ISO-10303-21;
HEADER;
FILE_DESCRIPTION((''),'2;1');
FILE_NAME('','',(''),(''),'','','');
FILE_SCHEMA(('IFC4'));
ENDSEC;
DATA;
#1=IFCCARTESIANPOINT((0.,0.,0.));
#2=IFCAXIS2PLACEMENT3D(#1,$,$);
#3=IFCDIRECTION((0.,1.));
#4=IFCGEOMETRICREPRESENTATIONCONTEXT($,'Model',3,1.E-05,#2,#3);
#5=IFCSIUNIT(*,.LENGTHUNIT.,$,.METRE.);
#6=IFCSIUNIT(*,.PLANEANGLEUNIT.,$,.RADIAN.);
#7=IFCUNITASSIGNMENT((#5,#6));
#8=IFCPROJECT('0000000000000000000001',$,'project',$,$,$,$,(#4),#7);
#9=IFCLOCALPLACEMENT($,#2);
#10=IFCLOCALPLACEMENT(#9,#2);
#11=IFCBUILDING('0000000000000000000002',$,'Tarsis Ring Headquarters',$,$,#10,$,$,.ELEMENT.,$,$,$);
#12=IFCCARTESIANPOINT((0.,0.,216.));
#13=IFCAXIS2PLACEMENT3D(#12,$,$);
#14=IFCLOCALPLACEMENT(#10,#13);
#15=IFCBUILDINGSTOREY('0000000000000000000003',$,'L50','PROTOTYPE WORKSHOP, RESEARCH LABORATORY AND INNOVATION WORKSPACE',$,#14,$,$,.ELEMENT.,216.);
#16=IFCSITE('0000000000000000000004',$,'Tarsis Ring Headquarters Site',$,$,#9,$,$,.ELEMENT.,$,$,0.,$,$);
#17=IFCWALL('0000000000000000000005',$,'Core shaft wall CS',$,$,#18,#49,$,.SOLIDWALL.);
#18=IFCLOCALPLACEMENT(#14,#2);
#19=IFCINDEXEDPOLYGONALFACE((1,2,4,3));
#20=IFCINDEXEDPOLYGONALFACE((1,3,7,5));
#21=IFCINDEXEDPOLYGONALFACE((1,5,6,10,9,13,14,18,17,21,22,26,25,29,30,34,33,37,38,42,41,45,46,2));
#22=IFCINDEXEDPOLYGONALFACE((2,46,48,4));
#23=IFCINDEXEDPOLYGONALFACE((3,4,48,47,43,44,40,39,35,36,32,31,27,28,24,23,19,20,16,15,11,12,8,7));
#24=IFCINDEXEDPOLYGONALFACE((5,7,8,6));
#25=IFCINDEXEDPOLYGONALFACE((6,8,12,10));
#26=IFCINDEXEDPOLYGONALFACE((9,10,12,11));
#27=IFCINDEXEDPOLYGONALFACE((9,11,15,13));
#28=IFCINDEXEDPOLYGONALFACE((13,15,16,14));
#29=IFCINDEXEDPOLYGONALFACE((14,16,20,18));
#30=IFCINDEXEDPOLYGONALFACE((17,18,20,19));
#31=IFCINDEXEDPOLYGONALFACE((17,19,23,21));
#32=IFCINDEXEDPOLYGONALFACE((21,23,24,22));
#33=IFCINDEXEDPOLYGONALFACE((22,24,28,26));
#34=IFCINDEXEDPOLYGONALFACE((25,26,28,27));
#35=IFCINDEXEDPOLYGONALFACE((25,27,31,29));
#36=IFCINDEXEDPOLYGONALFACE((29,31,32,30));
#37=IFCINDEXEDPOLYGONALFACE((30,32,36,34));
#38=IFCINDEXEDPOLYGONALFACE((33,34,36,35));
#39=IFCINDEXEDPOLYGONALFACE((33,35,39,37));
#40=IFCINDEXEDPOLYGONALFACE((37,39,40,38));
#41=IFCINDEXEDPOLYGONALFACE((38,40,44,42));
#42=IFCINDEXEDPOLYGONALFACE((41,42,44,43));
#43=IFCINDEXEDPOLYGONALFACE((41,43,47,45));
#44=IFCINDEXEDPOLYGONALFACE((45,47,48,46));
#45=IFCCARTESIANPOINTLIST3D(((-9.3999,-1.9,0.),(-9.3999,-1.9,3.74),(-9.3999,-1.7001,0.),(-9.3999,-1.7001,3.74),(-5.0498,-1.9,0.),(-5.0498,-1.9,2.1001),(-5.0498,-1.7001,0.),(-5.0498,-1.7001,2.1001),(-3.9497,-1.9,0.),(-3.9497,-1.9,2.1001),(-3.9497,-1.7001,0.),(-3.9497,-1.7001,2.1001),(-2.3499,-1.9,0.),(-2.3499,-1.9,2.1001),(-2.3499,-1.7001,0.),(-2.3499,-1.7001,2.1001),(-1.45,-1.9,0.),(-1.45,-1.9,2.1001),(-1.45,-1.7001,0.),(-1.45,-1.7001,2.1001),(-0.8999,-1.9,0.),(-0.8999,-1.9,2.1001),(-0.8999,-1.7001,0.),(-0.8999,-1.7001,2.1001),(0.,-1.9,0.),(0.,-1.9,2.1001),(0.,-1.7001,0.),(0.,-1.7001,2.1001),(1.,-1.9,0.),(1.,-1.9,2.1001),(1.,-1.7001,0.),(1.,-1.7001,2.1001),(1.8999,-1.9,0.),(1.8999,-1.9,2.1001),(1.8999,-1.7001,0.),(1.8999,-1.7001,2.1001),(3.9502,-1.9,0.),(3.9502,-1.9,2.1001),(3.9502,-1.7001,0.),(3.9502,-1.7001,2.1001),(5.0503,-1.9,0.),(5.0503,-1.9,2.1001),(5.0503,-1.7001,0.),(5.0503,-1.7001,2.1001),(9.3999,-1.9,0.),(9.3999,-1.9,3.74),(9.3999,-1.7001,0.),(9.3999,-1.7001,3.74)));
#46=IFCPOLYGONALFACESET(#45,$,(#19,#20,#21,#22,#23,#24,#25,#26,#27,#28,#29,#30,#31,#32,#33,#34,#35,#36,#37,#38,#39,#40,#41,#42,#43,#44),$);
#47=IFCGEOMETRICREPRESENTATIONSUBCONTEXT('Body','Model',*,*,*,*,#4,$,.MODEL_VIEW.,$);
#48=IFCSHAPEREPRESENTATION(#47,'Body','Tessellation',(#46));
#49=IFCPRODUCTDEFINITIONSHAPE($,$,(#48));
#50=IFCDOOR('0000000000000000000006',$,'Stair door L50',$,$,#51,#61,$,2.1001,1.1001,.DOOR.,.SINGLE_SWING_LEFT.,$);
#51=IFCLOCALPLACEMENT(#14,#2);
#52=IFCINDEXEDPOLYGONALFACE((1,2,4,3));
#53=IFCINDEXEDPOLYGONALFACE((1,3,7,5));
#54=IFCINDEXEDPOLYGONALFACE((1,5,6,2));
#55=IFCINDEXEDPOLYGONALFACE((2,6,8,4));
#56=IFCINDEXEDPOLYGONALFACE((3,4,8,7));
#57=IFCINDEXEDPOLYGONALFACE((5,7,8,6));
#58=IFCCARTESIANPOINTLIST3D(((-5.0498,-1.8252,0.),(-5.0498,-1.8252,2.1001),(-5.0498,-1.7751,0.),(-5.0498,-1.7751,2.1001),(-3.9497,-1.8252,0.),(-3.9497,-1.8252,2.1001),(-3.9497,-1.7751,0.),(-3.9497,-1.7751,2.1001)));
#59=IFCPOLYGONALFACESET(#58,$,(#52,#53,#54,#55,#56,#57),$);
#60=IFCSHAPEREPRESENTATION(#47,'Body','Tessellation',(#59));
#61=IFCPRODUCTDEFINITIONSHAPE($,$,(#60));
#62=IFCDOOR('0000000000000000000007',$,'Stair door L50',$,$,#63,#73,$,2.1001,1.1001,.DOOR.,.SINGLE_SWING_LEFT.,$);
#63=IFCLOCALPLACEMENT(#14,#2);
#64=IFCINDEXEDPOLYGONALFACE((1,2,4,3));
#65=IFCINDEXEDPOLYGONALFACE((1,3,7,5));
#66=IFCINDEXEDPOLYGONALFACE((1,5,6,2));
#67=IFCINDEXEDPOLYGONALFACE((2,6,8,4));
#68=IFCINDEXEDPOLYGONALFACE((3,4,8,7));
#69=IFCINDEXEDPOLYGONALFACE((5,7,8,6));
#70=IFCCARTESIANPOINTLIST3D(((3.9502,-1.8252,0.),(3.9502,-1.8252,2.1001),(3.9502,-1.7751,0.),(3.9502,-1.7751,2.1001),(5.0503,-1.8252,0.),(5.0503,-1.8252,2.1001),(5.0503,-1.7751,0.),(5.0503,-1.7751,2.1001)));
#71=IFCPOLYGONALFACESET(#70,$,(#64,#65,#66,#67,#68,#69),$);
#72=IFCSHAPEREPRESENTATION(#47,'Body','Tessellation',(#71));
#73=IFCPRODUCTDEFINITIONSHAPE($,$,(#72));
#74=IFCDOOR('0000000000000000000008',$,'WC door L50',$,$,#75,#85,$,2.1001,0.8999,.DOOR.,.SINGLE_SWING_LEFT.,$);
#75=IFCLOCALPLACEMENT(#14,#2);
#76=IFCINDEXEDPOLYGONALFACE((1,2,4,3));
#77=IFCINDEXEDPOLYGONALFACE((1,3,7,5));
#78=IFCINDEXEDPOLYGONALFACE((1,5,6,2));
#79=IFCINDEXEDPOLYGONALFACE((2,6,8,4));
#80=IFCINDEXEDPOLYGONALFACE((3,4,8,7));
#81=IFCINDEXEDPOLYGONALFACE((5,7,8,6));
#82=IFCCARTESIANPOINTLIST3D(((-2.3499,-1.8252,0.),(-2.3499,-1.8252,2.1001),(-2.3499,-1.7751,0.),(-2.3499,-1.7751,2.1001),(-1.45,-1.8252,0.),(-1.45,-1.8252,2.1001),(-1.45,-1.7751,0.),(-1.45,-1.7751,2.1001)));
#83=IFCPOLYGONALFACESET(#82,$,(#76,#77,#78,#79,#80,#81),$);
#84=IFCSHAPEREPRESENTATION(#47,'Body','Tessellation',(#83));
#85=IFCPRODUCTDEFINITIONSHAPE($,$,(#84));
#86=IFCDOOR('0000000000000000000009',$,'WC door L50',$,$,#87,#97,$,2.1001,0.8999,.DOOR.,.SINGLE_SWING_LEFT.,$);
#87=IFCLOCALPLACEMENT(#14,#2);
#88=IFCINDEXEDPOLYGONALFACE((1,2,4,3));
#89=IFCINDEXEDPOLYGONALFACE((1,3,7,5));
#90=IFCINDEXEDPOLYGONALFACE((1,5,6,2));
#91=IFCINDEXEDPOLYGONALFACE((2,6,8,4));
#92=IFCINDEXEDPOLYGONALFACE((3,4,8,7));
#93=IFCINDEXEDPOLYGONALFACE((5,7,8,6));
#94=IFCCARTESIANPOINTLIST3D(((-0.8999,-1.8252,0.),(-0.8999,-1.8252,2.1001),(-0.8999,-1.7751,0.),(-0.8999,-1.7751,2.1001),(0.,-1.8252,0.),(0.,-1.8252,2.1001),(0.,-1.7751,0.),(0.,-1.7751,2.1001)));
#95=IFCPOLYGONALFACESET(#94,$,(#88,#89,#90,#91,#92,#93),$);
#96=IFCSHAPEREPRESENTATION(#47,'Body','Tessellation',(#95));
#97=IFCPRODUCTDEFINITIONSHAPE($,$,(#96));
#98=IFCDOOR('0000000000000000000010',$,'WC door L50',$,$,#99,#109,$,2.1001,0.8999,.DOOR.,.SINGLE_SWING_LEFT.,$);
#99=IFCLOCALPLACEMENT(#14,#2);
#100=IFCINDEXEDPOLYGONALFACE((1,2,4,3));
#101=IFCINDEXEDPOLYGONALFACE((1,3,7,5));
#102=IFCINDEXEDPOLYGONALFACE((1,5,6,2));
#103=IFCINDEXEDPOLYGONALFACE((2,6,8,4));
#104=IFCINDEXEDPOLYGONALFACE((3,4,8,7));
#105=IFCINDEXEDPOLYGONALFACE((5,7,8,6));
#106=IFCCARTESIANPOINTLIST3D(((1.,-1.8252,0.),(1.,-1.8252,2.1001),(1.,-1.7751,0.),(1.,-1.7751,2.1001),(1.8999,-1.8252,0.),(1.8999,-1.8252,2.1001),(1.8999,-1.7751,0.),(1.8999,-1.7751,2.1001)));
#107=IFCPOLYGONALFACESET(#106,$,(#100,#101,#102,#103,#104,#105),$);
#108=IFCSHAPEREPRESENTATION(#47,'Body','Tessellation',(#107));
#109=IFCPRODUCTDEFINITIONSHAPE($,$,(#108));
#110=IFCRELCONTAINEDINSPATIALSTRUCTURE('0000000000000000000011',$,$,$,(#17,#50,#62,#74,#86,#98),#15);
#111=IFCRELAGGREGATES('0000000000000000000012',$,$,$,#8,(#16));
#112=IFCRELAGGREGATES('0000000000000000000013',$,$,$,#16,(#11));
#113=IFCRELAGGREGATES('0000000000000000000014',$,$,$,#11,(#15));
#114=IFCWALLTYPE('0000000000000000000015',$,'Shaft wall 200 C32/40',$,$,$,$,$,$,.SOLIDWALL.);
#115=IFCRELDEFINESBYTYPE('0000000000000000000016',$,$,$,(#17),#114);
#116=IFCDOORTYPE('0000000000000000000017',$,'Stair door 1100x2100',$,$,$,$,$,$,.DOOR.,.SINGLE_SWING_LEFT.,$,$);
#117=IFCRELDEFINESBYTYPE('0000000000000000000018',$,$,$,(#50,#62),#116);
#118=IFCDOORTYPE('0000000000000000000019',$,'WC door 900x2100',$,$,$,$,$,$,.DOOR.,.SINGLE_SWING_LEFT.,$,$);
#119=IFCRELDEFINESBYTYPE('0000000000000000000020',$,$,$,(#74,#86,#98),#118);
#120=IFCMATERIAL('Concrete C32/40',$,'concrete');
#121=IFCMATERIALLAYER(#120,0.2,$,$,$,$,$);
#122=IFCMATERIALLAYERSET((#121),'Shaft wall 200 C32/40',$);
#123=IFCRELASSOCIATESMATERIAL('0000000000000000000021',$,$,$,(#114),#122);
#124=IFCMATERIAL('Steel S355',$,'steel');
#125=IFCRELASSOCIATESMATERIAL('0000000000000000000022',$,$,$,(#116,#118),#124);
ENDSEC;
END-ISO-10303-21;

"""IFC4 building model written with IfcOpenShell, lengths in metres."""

from ifc_helpers import new_model, si_unit, direction, frame, frame_2d, origin, place, context, subcontext, project, spatial, rectangle, extrude, material, layer, layer_set, type_object, element, fill, save


model = new_model("IFC4")

# Units and contexts
model_context = context("Model", 3, precision=1e-05, world=origin(), true_north=direction((0.0, 1.0)))
body_context = subcontext(model_context, "Body", "Model", "MODEL_VIEW")
ifc_project = project(units=[si_unit("LENGTHUNIT", "METRE"), si_unit("PLANEANGLEUNIT", "RADIAN")], contexts=[model_context])

# Site, building, storey
site_placement = place(None, origin())
site = spatial("IfcSite", under=ifc_project, at=site_placement, Name="Tarsis Ring Headquarters Site", CompositionType="ELEMENT", RefElevation=0.0)
building_placement = place(site_placement, origin())
building = spatial("IfcBuilding", under=site, at=building_placement, Name="Tarsis Ring Headquarters", CompositionType="ELEMENT")
storey_placement = place(building_placement, frame((0.0, 0.0, 216.0)))
storey = spatial("IfcBuildingStorey", under=building, at=storey_placement, Name="L50", Description="PROTOTYPE WORKSHOP, RESEARCH LABORATORY AND INNOVATION WORKSPACE", CompositionType="ELEMENT", Elevation=216.0)

# Wall, openings, doors
ifc_material_1 = material(Name="Concrete C32/40", Category="concrete")
ifc_layer_1 = layer(ifc_material_1, 0.2)
ifc_layer_set_1 = layer_set([ifc_layer_1], Name="Shaft wall 200 C32/40")
wall_type_1 = type_object("IfcWallType", Name="Shaft wall 200 C32/40", PredefinedType="SOLIDWALL", material=ifc_layer_set_1)
ifc_material_2 = material(Name="Steel S355", Category="steel")
door_type_1 = type_object("IfcDoorType", Name="Stair door 1100x2100", OperationType="SINGLE_SWING_LEFT", PredefinedType="DOOR", material=ifc_material_2)
wall_1_placement = place(storey_placement, frame((-9.3999, -1.8, 0.0), z_axis=(0.0, 0.0, 1.0), x_axis=(1.0, 0.0, 0.0)))
wall_1 = element("IfcWall", 1, at=wall_1_placement, inside=storey, type_object=wall_type_1, Name="Core shaft wall CS", PredefinedType="SOLIDWALL", context=body_context, shape_type="SweptSolid", body=[
    extrude(rectangle(XDim=18.7998, YDim=0.2, at=frame_2d((9.3999, 0.0))), origin(), (0.0, 0.0, 1.0), 3.74),
])
opening_1_placement = place(wall_1_placement, frame((4.3501, 0.0, 0.0)))
opening_1 = element("IfcOpeningElement", 2, at=opening_1_placement, cuts=wall_1, PredefinedType="OPENING", context=body_context, shape_type="SweptSolid", body=[
    extrude(rectangle(XDim=1.1001, YDim=2.1001, at=frame_2d((0.55, 1.05))), frame((0.0, 0.1099, 0.0), z_axis=(0.0, -1.0, 0.0), x_axis=(1.0, 0.0, 0.0)), (0.0, 0.0, 1.0), 0.22),
])
opening_2_placement = place(wall_1_placement, frame((7.05, 0.0, 0.0)))
opening_2 = element("IfcOpeningElement", 3, at=opening_2_placement, cuts=wall_1, PredefinedType="OPENING", context=body_context, shape_type="SweptSolid", body=[
    extrude(rectangle(XDim=0.8999, YDim=2.1001, at=frame_2d((0.45, 1.05))), frame((0.0, 0.1099, 0.0), z_axis=(0.0, -1.0, 0.0), x_axis=(1.0, 0.0, 0.0)), (0.0, 0.0, 1.0), 0.22),
])
opening_3_placement = place(wall_1_placement, frame((8.5, 0.0, 0.0)))
opening_3 = element("IfcOpeningElement", 4, at=opening_3_placement, cuts=wall_1, PredefinedType="OPENING", context=body_context, shape_type="SweptSolid", body=[
    extrude(rectangle(XDim=0.8999, YDim=2.1001, at=frame_2d((0.45, 1.05))), frame((0.0, 0.1099, 0.0), z_axis=(0.0, -1.0, 0.0), x_axis=(1.0, 0.0, 0.0)), (0.0, 0.0, 1.0), 0.22),
])
opening_4_placement = place(wall_1_placement, frame((10.3999, 0.0, 0.0)))
opening_4 = element("IfcOpeningElement", 5, at=opening_4_placement, cuts=wall_1, PredefinedType="OPENING", context=body_context, shape_type="SweptSolid", body=[
    extrude(rectangle(XDim=0.8999, YDim=2.1001, at=frame_2d((0.45, 1.05))), frame((0.0, 0.1099, 0.0), z_axis=(0.0, -1.0, 0.0), x_axis=(1.0, 0.0, 0.0)), (0.0, 0.0, 1.0), 0.22),
])
opening_5_placement = place(wall_1_placement, frame((13.3501, 0.0, 0.0)))
opening_5 = element("IfcOpeningElement", 6, at=opening_5_placement, cuts=wall_1, PredefinedType="OPENING", context=body_context, shape_type="SweptSolid", body=[
    extrude(rectangle(XDim=1.1001, YDim=2.1001, at=frame_2d((0.55, 1.05))), frame((0.0, 0.1099, 0.0), z_axis=(0.0, -1.0, 0.0), x_axis=(1.0, 0.0, 0.0)), (0.0, 0.0, 1.0), 0.22),
])
door_1_placement = place(opening_1_placement, origin())
door_1 = element("IfcDoor", 7, at=door_1_placement, inside=storey, type_object=door_type_1, Name="Stair door L50", OperationType="SINGLE_SWING_LEFT", OverallHeight=2.1001, OverallWidth=1.1001, PredefinedType="DOOR", context=body_context, shape_type="SweptSolid", body=[
    extrude(rectangle(XDim=1.1001, YDim=2.1001, at=frame_2d((0.55, 1.05))), frame((0.0, 0.0249, 0.0), z_axis=(0.0, -1.0, 0.0), x_axis=(1.0, 0.0, 0.0)), (0.0, 0.0, 1.0), 0.05),
])
fill(opening_1, door_1)
door_2_placement = place(opening_5_placement, origin())
door_2 = element("IfcDoor", 8, at=door_2_placement, inside=storey, type_object=door_type_1, Name="Stair door L50", OperationType="SINGLE_SWING_LEFT", OverallHeight=2.1001, OverallWidth=1.1001, PredefinedType="DOOR", context=body_context, shape_type="SweptSolid", body=[
    extrude(rectangle(XDim=1.1001, YDim=2.1001, at=frame_2d((0.55, 1.05))), frame((0.0, 0.0249, 0.0), z_axis=(0.0, -1.0, 0.0), x_axis=(1.0, 0.0, 0.0)), (0.0, 0.0, 1.0), 0.05),
])
fill(opening_5, door_2)
door_type_2 = type_object("IfcDoorType", Name="WC door 900x2100", OperationType="SINGLE_SWING_LEFT", PredefinedType="DOOR", material=ifc_material_2)
door_3_placement = place(opening_2_placement, origin())
door_3 = element("IfcDoor", 9, at=door_3_placement, inside=storey, type_object=door_type_2, Name="WC door L50", OperationType="SINGLE_SWING_LEFT", OverallHeight=2.1001, OverallWidth=0.8999, PredefinedType="DOOR", context=body_context, shape_type="SweptSolid", body=[
    extrude(rectangle(XDim=0.8999, YDim=2.1001, at=frame_2d((0.45, 1.05))), frame((0.0, 0.0249, 0.0), z_axis=(0.0, -1.0, 0.0), x_axis=(1.0, 0.0, 0.0)), (0.0, 0.0, 1.0), 0.05),
])
fill(opening_2, door_3)
door_4_placement = place(opening_3_placement, origin())
door_4 = element("IfcDoor", 10, at=door_4_placement, inside=storey, type_object=door_type_2, Name="WC door L50", OperationType="SINGLE_SWING_LEFT", OverallHeight=2.1001, OverallWidth=0.8999, PredefinedType="DOOR", context=body_context, shape_type="SweptSolid", body=[
    extrude(rectangle(XDim=0.8999, YDim=2.1001, at=frame_2d((0.45, 1.05))), frame((0.0, 0.0249, 0.0), z_axis=(0.0, -1.0, 0.0), x_axis=(1.0, 0.0, 0.0)), (0.0, 0.0, 1.0), 0.05),
])
fill(opening_3, door_4)
door_5_placement = place(opening_4_placement, origin())
door_5 = element("IfcDoor", 11, at=door_5_placement, inside=storey, type_object=door_type_2, Name="WC door L50", OperationType="SINGLE_SWING_LEFT", OverallHeight=2.1001, OverallWidth=0.8999, PredefinedType="DOOR", context=body_context, shape_type="SweptSolid", body=[
    extrude(rectangle(XDim=0.8999, YDim=2.1001, at=frame_2d((0.45, 1.05))), frame((0.0, 0.0249, 0.0), z_axis=(0.0, -1.0, 0.0), x_axis=(1.0, 0.0, 0.0)), (0.0, 0.0, 1.0), 0.05),
])
fill(opening_4, door_5)

save(model, "model.ifc")
